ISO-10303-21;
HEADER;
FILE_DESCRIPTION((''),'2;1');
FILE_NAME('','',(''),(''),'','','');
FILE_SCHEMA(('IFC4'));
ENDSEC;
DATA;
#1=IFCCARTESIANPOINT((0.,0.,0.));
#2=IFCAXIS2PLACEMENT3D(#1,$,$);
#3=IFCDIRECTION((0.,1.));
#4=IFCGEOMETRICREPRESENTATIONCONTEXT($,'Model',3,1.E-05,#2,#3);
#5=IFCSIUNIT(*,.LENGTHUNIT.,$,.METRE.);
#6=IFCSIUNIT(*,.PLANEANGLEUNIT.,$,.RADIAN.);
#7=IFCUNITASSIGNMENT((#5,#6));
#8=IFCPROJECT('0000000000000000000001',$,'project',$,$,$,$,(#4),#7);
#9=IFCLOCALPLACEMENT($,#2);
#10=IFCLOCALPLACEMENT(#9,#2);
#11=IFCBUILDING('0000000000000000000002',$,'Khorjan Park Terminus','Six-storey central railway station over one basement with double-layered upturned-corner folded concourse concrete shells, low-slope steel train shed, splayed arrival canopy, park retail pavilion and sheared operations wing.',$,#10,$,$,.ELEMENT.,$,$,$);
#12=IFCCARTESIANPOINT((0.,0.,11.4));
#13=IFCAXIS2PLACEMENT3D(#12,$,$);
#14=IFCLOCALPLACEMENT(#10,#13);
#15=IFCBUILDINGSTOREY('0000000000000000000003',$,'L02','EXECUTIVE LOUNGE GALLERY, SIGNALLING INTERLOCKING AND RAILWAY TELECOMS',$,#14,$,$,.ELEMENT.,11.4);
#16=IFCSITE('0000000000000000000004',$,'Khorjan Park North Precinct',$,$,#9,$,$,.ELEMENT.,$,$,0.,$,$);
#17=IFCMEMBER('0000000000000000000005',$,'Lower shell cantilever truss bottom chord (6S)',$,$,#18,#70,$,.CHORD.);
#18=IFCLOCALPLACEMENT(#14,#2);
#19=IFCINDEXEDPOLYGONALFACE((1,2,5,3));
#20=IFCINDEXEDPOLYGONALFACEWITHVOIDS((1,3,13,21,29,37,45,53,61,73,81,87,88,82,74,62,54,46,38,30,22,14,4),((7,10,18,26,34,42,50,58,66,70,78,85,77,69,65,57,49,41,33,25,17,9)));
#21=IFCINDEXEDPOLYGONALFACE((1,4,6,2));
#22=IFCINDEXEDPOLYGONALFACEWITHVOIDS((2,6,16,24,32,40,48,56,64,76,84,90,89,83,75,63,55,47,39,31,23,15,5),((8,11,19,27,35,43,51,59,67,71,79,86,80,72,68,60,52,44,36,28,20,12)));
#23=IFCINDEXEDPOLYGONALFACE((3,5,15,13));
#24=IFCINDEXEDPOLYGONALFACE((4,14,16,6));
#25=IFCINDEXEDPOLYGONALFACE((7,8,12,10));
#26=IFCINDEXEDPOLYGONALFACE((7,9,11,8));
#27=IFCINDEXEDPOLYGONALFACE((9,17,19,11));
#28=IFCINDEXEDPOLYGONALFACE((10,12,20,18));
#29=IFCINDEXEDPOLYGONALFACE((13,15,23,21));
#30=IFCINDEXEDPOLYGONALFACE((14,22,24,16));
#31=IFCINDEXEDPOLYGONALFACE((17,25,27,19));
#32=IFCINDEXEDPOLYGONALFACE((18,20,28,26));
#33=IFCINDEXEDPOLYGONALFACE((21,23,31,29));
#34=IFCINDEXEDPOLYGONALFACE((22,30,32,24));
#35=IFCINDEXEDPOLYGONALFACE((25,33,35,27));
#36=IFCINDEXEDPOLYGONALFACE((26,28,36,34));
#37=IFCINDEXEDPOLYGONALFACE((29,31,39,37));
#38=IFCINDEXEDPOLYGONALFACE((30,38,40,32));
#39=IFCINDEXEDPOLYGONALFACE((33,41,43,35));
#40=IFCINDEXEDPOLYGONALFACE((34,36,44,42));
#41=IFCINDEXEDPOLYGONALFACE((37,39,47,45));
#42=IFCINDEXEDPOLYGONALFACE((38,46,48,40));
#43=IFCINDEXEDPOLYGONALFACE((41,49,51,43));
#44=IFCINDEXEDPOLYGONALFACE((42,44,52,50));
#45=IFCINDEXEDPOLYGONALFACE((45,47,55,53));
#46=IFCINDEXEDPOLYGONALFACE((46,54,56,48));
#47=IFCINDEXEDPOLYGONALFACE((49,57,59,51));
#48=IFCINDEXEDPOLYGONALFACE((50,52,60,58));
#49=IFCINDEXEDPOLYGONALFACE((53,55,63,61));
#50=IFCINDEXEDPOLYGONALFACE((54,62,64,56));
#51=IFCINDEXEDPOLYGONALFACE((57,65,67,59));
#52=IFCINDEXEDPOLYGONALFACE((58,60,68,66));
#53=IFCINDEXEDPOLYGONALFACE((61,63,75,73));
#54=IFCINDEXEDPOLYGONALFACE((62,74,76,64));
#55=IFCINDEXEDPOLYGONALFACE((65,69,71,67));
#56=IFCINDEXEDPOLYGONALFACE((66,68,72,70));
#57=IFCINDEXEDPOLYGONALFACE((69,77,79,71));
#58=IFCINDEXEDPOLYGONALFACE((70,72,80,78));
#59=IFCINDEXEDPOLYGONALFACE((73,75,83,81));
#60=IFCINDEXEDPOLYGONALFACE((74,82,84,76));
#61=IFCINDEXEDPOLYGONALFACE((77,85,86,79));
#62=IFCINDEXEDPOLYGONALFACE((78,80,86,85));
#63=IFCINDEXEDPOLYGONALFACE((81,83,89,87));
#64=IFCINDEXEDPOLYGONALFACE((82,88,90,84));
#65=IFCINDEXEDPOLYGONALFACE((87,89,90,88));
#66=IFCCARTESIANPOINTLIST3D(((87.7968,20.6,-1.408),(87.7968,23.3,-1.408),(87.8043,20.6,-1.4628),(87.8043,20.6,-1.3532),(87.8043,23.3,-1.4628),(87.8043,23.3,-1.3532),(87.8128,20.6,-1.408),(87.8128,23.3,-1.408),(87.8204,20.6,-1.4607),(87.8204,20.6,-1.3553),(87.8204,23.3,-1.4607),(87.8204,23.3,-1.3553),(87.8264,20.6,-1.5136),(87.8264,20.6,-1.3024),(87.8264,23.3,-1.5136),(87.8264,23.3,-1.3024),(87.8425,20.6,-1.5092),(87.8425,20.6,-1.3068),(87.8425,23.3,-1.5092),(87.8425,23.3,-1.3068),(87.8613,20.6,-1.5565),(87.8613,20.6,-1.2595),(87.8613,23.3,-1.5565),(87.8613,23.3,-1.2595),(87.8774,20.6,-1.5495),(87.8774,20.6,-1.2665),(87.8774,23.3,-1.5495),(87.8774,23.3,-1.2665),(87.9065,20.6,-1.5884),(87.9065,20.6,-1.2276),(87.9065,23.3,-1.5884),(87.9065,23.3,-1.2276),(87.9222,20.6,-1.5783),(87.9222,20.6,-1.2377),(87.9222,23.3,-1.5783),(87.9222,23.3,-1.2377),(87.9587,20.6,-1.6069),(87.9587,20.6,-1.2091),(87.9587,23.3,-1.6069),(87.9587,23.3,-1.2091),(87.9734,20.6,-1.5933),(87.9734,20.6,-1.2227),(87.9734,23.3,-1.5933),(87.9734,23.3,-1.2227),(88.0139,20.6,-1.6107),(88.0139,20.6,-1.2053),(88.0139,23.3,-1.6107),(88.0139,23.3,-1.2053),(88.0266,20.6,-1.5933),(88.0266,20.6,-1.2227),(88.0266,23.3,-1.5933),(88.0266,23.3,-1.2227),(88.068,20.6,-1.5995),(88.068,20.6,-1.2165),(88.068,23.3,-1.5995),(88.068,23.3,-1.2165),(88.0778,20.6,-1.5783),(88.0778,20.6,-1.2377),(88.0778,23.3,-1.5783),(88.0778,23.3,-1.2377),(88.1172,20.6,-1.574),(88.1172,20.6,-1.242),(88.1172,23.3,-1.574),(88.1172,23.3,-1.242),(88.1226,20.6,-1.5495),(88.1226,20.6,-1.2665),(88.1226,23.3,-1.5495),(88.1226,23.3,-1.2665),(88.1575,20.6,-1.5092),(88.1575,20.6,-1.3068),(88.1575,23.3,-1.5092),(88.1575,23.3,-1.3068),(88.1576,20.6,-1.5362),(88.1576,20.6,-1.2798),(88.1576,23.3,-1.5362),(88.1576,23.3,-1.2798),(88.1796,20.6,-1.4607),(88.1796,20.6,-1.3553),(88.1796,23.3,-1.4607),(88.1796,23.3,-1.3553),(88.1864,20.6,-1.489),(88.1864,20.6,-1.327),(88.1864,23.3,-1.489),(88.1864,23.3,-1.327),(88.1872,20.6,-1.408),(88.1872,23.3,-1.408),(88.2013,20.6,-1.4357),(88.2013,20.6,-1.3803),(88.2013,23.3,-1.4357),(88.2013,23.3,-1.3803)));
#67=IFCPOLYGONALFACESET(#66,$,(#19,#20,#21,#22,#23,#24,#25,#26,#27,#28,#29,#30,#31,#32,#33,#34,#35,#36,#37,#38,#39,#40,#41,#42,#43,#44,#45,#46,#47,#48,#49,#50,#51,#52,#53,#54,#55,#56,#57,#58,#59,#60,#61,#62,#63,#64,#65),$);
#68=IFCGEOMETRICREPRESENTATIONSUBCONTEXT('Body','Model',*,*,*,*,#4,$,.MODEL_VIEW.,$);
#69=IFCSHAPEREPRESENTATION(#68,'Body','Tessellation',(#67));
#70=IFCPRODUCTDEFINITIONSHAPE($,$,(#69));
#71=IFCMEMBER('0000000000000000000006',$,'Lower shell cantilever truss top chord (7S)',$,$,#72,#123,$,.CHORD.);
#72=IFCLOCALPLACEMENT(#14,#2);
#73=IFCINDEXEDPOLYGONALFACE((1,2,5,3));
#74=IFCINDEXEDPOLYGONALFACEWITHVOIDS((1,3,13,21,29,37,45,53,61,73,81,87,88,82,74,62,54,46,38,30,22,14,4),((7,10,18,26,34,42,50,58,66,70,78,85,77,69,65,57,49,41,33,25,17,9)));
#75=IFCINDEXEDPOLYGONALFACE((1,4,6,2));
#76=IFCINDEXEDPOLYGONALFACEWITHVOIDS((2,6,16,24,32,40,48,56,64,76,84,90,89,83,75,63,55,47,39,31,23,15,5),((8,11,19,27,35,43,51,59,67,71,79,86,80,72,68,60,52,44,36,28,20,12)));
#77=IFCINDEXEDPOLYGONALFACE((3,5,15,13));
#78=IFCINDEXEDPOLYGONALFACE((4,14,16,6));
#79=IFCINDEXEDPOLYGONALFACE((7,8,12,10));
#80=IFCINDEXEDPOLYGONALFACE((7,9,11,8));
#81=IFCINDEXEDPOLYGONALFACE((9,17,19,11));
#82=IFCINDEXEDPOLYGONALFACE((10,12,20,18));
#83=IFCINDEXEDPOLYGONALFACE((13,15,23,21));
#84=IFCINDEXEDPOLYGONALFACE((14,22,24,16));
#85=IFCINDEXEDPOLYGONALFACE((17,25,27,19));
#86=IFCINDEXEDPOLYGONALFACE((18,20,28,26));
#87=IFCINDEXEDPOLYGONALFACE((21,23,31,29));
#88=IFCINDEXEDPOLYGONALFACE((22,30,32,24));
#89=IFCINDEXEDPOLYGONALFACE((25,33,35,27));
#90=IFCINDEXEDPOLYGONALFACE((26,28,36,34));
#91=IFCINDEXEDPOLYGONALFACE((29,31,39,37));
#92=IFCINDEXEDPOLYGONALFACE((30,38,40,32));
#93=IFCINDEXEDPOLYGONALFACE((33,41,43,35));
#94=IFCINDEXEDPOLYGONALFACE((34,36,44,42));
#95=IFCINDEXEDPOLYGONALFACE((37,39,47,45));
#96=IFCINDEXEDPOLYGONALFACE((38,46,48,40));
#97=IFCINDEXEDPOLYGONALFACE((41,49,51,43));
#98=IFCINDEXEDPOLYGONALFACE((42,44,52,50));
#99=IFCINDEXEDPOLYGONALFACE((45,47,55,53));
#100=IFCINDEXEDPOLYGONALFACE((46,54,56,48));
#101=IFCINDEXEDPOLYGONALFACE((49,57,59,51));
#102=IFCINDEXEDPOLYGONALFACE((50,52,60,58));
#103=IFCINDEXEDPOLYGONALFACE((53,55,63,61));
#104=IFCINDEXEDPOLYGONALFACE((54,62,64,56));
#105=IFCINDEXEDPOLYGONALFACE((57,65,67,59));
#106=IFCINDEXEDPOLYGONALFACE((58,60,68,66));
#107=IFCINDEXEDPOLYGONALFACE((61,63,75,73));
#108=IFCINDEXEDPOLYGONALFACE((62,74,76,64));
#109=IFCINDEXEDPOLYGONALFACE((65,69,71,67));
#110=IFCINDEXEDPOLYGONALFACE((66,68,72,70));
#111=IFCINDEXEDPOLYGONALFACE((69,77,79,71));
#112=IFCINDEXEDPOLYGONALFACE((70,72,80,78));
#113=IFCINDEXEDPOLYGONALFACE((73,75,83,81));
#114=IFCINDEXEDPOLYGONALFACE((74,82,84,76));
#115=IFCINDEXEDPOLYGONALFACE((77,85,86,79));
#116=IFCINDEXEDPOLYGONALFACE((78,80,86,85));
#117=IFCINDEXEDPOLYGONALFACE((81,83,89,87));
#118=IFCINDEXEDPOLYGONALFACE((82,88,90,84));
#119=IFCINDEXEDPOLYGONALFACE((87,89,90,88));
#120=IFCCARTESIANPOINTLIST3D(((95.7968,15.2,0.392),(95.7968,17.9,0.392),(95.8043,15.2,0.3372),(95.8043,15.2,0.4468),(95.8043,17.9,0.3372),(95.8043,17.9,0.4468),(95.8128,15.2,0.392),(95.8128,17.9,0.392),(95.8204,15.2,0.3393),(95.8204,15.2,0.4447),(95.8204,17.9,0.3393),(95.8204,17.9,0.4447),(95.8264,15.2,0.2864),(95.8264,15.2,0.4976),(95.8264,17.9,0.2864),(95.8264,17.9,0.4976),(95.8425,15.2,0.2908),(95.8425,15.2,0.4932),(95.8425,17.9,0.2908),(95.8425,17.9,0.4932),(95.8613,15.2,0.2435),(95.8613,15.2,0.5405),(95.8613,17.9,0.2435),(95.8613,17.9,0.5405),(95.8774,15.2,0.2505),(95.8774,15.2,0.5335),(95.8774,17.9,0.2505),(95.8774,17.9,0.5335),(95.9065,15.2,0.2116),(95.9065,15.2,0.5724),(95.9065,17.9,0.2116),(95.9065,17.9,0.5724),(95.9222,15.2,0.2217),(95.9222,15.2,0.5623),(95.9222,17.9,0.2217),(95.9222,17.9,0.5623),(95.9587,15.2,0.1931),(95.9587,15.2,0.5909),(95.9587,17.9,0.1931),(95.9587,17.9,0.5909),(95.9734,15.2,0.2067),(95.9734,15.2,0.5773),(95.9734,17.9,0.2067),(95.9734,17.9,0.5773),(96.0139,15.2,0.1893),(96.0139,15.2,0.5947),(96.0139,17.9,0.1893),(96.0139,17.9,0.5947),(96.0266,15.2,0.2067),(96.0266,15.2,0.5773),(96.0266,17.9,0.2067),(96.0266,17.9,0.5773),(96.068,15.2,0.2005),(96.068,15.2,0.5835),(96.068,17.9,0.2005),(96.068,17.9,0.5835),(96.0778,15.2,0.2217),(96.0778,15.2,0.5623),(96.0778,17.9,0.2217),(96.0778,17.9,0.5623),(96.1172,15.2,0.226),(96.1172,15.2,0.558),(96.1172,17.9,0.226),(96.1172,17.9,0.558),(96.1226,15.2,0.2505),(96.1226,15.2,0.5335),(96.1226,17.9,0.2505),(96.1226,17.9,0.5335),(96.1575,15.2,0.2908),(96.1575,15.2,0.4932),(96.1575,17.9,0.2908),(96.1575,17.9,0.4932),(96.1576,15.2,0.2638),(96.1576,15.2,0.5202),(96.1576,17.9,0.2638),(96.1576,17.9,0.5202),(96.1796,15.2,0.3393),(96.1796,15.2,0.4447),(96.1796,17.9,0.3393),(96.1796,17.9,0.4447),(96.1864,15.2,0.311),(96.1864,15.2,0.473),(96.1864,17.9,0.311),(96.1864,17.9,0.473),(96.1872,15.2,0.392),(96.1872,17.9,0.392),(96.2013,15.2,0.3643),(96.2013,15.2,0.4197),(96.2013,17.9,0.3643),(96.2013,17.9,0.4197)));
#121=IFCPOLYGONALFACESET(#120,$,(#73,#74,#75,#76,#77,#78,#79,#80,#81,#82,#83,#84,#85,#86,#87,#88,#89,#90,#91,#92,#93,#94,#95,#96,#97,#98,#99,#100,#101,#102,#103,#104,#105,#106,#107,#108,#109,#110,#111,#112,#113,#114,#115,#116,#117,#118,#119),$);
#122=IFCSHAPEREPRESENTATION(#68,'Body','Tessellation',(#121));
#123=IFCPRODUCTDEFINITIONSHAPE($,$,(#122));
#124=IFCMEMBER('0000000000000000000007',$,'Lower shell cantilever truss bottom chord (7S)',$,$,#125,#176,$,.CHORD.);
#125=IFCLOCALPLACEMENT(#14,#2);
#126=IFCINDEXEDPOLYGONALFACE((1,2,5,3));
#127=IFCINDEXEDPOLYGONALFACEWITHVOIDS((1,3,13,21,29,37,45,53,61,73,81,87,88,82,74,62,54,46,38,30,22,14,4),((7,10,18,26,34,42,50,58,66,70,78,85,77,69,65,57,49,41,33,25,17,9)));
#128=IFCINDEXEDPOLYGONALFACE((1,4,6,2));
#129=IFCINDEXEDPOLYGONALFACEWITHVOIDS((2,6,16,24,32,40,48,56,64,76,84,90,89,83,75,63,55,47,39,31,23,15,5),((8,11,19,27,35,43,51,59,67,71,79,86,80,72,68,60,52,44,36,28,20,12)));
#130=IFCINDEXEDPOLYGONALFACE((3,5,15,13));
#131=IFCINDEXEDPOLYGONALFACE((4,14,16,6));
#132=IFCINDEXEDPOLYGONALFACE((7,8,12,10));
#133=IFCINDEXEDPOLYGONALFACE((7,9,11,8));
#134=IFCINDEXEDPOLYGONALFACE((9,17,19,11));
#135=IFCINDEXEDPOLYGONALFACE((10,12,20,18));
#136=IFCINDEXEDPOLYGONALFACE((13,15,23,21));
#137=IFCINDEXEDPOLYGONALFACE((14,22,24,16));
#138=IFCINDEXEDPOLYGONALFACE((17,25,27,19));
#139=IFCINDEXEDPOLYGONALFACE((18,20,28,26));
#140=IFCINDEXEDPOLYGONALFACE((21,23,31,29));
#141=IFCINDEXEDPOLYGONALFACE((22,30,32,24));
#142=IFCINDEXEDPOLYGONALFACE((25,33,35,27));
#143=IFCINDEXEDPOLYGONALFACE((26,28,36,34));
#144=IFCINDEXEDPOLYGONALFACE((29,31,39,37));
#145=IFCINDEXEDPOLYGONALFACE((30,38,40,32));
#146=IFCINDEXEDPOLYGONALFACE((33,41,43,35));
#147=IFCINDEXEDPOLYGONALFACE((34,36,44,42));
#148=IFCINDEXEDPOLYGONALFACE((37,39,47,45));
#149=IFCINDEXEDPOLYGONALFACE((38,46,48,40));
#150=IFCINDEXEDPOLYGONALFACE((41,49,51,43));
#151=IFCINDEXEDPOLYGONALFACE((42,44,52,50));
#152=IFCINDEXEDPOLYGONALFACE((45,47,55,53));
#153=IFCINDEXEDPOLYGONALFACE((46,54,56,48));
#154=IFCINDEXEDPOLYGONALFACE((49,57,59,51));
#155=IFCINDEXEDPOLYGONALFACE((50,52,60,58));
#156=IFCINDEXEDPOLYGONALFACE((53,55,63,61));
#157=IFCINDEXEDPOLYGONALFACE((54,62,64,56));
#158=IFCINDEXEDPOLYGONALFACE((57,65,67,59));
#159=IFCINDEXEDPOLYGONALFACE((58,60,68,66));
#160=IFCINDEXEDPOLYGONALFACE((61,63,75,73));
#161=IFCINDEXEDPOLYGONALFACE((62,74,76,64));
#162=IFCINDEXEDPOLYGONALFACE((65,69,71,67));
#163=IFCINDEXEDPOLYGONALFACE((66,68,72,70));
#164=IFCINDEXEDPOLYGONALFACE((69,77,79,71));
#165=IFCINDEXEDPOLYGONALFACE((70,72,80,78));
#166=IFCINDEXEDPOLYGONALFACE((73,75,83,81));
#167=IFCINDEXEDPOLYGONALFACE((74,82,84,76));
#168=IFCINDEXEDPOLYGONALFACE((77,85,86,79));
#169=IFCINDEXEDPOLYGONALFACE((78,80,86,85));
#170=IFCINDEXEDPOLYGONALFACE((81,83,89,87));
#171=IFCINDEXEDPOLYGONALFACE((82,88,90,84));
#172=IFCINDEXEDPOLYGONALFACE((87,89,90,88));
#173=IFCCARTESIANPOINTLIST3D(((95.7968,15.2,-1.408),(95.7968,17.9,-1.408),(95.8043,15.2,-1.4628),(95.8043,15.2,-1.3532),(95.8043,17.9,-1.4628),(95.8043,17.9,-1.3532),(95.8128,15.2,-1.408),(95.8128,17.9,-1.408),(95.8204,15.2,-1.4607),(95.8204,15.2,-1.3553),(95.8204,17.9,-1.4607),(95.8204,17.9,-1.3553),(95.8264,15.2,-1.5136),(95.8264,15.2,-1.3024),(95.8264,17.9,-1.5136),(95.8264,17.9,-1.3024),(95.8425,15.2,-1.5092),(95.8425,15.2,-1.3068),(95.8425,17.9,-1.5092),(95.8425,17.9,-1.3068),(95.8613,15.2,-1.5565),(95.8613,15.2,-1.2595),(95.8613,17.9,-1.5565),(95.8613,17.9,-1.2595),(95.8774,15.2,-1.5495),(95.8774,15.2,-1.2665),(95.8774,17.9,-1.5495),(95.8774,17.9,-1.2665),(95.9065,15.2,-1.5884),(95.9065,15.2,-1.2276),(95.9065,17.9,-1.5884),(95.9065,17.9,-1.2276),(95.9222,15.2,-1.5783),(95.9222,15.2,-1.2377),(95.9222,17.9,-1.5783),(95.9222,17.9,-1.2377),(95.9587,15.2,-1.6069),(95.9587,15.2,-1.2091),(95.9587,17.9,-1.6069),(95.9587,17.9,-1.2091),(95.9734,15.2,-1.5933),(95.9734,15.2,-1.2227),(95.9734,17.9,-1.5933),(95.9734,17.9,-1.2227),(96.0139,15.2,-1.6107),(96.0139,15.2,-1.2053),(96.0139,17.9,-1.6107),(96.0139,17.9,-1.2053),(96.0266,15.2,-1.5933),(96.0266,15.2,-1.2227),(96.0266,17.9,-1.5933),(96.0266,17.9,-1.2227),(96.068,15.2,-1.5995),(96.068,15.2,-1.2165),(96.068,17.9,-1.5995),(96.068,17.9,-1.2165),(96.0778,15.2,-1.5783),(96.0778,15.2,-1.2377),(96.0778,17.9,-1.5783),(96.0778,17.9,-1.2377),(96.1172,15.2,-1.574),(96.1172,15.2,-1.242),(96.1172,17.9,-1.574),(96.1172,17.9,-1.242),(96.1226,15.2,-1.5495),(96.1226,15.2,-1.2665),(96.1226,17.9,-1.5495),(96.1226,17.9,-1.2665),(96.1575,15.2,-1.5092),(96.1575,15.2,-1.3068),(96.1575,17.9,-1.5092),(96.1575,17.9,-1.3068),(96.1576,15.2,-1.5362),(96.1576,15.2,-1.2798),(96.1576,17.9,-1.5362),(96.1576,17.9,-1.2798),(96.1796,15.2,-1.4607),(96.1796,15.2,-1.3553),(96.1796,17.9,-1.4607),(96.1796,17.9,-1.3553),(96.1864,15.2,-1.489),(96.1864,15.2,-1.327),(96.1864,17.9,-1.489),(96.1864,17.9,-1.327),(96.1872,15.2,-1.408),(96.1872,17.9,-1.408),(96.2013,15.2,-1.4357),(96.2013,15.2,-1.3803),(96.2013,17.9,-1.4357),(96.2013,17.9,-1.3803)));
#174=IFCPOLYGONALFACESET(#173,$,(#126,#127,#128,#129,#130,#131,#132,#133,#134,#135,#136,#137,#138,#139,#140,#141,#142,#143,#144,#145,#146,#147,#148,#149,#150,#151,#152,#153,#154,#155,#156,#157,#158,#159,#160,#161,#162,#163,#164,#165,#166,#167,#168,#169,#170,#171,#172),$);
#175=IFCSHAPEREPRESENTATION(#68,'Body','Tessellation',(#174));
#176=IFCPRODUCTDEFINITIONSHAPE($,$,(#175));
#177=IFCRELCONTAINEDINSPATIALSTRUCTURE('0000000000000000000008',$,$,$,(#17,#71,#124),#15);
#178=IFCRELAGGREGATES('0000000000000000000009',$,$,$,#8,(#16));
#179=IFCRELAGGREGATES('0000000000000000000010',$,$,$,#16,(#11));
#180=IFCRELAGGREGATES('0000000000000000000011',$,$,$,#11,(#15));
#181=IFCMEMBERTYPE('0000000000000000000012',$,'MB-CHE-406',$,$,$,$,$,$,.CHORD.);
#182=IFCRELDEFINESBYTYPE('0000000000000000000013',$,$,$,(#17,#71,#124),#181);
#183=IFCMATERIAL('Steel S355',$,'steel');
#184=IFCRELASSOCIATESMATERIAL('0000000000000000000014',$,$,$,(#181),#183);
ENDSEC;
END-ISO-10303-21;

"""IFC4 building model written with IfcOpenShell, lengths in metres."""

from ifc_helpers import new_model, si_unit, direction, frame, origin, origin_2d, place, context, subcontext, project, spatial, hollow_circle, extrude, material, material_profile, profile_set, type_object, element, save


model = new_model("IFC4")

# Units and contexts
model_context = context("Model", 3, precision=1e-05, world=origin(), true_north=direction((0.0, 1.0)))
body_context = subcontext(model_context, "Body", "Model", "MODEL_VIEW")
ifc_project = project(units=[si_unit("LENGTHUNIT", "METRE"), si_unit("PLANEANGLEUNIT", "RADIAN")], contexts=[model_context])

# Site, building, storey
site_placement = place(None, origin())
site = spatial("IfcSite", under=ifc_project, at=site_placement, Name="Khorjan Park North Precinct", CompositionType="ELEMENT", RefElevation=0.0)
building_placement = place(site_placement, origin())
building = spatial("IfcBuilding", under=site, at=building_placement, Name="Khorjan Park Terminus", Description="Six-storey central railway station over one basement with double-layered upturned-corner folded concourse concrete shells, low-slope steel train shed, splayed arrival canopy, park retail pavilion and sheared operations wing.", CompositionType="ELEMENT")
storey_placement = place(building_placement, frame((0.0, 0.0, 11.4)))
storey = spatial("IfcBuildingStorey", under=building, at=storey_placement, Name="L02", Description="EXECUTIVE LOUNGE GALLERY, SIGNALLING INTERLOCKING AND RAILWAY TELECOMS", CompositionType="ELEMENT", Elevation=11.4)

# Members
ifc_material_1 = material(Name="Steel S355", Category="steel")
ifc_material_profile_1 = material_profile(ifc_material_1, hollow_circle(Radius=0.2032, WallThickness=0.016, at=origin_2d()), Name="CHS 406.4x16")
ifc_profile_set_1 = profile_set([ifc_material_profile_1], Name="Steel S355")
member_type_1 = type_object("IfcMemberType", Name="MB-CHE-406", PredefinedType="CHORD", material=ifc_profile_set_1)
for number, where, z_axis, x_axis, name in (
    (1, (88.0, 20.6, -1.408), (0.0, 1.0, 0.0), (-1.0, 0.0, 0.0), "Lower shell cantilever truss bottom chord (6S)"),
    (2, (96.0, 15.2, 0.392), (0.0, 1.0, 0.0), (-1.0, 0.0, 0.0), "Lower shell cantilever truss top chord (7S)"),
    (3, (96.0, 15.2, -1.408), (0.0, 1.0, 0.0), (-1.0, 0.0, 0.0), "Lower shell cantilever truss bottom chord (7S)"),
):
    element("IfcMember", number, at=place(storey_placement, frame(where, z_axis=z_axis, x_axis=x_axis)), inside=storey, type_object=member_type_1, Name=name, PredefinedType="CHORD", context=body_context, shape_type="SweptSolid", body=[
        extrude(hollow_circle(Radius=0.2032, WallThickness=0.016, at=origin_2d()), origin(), (0.0, 0.0, 1.0), 2.7),
    ])

save(model, "model.ifc")
